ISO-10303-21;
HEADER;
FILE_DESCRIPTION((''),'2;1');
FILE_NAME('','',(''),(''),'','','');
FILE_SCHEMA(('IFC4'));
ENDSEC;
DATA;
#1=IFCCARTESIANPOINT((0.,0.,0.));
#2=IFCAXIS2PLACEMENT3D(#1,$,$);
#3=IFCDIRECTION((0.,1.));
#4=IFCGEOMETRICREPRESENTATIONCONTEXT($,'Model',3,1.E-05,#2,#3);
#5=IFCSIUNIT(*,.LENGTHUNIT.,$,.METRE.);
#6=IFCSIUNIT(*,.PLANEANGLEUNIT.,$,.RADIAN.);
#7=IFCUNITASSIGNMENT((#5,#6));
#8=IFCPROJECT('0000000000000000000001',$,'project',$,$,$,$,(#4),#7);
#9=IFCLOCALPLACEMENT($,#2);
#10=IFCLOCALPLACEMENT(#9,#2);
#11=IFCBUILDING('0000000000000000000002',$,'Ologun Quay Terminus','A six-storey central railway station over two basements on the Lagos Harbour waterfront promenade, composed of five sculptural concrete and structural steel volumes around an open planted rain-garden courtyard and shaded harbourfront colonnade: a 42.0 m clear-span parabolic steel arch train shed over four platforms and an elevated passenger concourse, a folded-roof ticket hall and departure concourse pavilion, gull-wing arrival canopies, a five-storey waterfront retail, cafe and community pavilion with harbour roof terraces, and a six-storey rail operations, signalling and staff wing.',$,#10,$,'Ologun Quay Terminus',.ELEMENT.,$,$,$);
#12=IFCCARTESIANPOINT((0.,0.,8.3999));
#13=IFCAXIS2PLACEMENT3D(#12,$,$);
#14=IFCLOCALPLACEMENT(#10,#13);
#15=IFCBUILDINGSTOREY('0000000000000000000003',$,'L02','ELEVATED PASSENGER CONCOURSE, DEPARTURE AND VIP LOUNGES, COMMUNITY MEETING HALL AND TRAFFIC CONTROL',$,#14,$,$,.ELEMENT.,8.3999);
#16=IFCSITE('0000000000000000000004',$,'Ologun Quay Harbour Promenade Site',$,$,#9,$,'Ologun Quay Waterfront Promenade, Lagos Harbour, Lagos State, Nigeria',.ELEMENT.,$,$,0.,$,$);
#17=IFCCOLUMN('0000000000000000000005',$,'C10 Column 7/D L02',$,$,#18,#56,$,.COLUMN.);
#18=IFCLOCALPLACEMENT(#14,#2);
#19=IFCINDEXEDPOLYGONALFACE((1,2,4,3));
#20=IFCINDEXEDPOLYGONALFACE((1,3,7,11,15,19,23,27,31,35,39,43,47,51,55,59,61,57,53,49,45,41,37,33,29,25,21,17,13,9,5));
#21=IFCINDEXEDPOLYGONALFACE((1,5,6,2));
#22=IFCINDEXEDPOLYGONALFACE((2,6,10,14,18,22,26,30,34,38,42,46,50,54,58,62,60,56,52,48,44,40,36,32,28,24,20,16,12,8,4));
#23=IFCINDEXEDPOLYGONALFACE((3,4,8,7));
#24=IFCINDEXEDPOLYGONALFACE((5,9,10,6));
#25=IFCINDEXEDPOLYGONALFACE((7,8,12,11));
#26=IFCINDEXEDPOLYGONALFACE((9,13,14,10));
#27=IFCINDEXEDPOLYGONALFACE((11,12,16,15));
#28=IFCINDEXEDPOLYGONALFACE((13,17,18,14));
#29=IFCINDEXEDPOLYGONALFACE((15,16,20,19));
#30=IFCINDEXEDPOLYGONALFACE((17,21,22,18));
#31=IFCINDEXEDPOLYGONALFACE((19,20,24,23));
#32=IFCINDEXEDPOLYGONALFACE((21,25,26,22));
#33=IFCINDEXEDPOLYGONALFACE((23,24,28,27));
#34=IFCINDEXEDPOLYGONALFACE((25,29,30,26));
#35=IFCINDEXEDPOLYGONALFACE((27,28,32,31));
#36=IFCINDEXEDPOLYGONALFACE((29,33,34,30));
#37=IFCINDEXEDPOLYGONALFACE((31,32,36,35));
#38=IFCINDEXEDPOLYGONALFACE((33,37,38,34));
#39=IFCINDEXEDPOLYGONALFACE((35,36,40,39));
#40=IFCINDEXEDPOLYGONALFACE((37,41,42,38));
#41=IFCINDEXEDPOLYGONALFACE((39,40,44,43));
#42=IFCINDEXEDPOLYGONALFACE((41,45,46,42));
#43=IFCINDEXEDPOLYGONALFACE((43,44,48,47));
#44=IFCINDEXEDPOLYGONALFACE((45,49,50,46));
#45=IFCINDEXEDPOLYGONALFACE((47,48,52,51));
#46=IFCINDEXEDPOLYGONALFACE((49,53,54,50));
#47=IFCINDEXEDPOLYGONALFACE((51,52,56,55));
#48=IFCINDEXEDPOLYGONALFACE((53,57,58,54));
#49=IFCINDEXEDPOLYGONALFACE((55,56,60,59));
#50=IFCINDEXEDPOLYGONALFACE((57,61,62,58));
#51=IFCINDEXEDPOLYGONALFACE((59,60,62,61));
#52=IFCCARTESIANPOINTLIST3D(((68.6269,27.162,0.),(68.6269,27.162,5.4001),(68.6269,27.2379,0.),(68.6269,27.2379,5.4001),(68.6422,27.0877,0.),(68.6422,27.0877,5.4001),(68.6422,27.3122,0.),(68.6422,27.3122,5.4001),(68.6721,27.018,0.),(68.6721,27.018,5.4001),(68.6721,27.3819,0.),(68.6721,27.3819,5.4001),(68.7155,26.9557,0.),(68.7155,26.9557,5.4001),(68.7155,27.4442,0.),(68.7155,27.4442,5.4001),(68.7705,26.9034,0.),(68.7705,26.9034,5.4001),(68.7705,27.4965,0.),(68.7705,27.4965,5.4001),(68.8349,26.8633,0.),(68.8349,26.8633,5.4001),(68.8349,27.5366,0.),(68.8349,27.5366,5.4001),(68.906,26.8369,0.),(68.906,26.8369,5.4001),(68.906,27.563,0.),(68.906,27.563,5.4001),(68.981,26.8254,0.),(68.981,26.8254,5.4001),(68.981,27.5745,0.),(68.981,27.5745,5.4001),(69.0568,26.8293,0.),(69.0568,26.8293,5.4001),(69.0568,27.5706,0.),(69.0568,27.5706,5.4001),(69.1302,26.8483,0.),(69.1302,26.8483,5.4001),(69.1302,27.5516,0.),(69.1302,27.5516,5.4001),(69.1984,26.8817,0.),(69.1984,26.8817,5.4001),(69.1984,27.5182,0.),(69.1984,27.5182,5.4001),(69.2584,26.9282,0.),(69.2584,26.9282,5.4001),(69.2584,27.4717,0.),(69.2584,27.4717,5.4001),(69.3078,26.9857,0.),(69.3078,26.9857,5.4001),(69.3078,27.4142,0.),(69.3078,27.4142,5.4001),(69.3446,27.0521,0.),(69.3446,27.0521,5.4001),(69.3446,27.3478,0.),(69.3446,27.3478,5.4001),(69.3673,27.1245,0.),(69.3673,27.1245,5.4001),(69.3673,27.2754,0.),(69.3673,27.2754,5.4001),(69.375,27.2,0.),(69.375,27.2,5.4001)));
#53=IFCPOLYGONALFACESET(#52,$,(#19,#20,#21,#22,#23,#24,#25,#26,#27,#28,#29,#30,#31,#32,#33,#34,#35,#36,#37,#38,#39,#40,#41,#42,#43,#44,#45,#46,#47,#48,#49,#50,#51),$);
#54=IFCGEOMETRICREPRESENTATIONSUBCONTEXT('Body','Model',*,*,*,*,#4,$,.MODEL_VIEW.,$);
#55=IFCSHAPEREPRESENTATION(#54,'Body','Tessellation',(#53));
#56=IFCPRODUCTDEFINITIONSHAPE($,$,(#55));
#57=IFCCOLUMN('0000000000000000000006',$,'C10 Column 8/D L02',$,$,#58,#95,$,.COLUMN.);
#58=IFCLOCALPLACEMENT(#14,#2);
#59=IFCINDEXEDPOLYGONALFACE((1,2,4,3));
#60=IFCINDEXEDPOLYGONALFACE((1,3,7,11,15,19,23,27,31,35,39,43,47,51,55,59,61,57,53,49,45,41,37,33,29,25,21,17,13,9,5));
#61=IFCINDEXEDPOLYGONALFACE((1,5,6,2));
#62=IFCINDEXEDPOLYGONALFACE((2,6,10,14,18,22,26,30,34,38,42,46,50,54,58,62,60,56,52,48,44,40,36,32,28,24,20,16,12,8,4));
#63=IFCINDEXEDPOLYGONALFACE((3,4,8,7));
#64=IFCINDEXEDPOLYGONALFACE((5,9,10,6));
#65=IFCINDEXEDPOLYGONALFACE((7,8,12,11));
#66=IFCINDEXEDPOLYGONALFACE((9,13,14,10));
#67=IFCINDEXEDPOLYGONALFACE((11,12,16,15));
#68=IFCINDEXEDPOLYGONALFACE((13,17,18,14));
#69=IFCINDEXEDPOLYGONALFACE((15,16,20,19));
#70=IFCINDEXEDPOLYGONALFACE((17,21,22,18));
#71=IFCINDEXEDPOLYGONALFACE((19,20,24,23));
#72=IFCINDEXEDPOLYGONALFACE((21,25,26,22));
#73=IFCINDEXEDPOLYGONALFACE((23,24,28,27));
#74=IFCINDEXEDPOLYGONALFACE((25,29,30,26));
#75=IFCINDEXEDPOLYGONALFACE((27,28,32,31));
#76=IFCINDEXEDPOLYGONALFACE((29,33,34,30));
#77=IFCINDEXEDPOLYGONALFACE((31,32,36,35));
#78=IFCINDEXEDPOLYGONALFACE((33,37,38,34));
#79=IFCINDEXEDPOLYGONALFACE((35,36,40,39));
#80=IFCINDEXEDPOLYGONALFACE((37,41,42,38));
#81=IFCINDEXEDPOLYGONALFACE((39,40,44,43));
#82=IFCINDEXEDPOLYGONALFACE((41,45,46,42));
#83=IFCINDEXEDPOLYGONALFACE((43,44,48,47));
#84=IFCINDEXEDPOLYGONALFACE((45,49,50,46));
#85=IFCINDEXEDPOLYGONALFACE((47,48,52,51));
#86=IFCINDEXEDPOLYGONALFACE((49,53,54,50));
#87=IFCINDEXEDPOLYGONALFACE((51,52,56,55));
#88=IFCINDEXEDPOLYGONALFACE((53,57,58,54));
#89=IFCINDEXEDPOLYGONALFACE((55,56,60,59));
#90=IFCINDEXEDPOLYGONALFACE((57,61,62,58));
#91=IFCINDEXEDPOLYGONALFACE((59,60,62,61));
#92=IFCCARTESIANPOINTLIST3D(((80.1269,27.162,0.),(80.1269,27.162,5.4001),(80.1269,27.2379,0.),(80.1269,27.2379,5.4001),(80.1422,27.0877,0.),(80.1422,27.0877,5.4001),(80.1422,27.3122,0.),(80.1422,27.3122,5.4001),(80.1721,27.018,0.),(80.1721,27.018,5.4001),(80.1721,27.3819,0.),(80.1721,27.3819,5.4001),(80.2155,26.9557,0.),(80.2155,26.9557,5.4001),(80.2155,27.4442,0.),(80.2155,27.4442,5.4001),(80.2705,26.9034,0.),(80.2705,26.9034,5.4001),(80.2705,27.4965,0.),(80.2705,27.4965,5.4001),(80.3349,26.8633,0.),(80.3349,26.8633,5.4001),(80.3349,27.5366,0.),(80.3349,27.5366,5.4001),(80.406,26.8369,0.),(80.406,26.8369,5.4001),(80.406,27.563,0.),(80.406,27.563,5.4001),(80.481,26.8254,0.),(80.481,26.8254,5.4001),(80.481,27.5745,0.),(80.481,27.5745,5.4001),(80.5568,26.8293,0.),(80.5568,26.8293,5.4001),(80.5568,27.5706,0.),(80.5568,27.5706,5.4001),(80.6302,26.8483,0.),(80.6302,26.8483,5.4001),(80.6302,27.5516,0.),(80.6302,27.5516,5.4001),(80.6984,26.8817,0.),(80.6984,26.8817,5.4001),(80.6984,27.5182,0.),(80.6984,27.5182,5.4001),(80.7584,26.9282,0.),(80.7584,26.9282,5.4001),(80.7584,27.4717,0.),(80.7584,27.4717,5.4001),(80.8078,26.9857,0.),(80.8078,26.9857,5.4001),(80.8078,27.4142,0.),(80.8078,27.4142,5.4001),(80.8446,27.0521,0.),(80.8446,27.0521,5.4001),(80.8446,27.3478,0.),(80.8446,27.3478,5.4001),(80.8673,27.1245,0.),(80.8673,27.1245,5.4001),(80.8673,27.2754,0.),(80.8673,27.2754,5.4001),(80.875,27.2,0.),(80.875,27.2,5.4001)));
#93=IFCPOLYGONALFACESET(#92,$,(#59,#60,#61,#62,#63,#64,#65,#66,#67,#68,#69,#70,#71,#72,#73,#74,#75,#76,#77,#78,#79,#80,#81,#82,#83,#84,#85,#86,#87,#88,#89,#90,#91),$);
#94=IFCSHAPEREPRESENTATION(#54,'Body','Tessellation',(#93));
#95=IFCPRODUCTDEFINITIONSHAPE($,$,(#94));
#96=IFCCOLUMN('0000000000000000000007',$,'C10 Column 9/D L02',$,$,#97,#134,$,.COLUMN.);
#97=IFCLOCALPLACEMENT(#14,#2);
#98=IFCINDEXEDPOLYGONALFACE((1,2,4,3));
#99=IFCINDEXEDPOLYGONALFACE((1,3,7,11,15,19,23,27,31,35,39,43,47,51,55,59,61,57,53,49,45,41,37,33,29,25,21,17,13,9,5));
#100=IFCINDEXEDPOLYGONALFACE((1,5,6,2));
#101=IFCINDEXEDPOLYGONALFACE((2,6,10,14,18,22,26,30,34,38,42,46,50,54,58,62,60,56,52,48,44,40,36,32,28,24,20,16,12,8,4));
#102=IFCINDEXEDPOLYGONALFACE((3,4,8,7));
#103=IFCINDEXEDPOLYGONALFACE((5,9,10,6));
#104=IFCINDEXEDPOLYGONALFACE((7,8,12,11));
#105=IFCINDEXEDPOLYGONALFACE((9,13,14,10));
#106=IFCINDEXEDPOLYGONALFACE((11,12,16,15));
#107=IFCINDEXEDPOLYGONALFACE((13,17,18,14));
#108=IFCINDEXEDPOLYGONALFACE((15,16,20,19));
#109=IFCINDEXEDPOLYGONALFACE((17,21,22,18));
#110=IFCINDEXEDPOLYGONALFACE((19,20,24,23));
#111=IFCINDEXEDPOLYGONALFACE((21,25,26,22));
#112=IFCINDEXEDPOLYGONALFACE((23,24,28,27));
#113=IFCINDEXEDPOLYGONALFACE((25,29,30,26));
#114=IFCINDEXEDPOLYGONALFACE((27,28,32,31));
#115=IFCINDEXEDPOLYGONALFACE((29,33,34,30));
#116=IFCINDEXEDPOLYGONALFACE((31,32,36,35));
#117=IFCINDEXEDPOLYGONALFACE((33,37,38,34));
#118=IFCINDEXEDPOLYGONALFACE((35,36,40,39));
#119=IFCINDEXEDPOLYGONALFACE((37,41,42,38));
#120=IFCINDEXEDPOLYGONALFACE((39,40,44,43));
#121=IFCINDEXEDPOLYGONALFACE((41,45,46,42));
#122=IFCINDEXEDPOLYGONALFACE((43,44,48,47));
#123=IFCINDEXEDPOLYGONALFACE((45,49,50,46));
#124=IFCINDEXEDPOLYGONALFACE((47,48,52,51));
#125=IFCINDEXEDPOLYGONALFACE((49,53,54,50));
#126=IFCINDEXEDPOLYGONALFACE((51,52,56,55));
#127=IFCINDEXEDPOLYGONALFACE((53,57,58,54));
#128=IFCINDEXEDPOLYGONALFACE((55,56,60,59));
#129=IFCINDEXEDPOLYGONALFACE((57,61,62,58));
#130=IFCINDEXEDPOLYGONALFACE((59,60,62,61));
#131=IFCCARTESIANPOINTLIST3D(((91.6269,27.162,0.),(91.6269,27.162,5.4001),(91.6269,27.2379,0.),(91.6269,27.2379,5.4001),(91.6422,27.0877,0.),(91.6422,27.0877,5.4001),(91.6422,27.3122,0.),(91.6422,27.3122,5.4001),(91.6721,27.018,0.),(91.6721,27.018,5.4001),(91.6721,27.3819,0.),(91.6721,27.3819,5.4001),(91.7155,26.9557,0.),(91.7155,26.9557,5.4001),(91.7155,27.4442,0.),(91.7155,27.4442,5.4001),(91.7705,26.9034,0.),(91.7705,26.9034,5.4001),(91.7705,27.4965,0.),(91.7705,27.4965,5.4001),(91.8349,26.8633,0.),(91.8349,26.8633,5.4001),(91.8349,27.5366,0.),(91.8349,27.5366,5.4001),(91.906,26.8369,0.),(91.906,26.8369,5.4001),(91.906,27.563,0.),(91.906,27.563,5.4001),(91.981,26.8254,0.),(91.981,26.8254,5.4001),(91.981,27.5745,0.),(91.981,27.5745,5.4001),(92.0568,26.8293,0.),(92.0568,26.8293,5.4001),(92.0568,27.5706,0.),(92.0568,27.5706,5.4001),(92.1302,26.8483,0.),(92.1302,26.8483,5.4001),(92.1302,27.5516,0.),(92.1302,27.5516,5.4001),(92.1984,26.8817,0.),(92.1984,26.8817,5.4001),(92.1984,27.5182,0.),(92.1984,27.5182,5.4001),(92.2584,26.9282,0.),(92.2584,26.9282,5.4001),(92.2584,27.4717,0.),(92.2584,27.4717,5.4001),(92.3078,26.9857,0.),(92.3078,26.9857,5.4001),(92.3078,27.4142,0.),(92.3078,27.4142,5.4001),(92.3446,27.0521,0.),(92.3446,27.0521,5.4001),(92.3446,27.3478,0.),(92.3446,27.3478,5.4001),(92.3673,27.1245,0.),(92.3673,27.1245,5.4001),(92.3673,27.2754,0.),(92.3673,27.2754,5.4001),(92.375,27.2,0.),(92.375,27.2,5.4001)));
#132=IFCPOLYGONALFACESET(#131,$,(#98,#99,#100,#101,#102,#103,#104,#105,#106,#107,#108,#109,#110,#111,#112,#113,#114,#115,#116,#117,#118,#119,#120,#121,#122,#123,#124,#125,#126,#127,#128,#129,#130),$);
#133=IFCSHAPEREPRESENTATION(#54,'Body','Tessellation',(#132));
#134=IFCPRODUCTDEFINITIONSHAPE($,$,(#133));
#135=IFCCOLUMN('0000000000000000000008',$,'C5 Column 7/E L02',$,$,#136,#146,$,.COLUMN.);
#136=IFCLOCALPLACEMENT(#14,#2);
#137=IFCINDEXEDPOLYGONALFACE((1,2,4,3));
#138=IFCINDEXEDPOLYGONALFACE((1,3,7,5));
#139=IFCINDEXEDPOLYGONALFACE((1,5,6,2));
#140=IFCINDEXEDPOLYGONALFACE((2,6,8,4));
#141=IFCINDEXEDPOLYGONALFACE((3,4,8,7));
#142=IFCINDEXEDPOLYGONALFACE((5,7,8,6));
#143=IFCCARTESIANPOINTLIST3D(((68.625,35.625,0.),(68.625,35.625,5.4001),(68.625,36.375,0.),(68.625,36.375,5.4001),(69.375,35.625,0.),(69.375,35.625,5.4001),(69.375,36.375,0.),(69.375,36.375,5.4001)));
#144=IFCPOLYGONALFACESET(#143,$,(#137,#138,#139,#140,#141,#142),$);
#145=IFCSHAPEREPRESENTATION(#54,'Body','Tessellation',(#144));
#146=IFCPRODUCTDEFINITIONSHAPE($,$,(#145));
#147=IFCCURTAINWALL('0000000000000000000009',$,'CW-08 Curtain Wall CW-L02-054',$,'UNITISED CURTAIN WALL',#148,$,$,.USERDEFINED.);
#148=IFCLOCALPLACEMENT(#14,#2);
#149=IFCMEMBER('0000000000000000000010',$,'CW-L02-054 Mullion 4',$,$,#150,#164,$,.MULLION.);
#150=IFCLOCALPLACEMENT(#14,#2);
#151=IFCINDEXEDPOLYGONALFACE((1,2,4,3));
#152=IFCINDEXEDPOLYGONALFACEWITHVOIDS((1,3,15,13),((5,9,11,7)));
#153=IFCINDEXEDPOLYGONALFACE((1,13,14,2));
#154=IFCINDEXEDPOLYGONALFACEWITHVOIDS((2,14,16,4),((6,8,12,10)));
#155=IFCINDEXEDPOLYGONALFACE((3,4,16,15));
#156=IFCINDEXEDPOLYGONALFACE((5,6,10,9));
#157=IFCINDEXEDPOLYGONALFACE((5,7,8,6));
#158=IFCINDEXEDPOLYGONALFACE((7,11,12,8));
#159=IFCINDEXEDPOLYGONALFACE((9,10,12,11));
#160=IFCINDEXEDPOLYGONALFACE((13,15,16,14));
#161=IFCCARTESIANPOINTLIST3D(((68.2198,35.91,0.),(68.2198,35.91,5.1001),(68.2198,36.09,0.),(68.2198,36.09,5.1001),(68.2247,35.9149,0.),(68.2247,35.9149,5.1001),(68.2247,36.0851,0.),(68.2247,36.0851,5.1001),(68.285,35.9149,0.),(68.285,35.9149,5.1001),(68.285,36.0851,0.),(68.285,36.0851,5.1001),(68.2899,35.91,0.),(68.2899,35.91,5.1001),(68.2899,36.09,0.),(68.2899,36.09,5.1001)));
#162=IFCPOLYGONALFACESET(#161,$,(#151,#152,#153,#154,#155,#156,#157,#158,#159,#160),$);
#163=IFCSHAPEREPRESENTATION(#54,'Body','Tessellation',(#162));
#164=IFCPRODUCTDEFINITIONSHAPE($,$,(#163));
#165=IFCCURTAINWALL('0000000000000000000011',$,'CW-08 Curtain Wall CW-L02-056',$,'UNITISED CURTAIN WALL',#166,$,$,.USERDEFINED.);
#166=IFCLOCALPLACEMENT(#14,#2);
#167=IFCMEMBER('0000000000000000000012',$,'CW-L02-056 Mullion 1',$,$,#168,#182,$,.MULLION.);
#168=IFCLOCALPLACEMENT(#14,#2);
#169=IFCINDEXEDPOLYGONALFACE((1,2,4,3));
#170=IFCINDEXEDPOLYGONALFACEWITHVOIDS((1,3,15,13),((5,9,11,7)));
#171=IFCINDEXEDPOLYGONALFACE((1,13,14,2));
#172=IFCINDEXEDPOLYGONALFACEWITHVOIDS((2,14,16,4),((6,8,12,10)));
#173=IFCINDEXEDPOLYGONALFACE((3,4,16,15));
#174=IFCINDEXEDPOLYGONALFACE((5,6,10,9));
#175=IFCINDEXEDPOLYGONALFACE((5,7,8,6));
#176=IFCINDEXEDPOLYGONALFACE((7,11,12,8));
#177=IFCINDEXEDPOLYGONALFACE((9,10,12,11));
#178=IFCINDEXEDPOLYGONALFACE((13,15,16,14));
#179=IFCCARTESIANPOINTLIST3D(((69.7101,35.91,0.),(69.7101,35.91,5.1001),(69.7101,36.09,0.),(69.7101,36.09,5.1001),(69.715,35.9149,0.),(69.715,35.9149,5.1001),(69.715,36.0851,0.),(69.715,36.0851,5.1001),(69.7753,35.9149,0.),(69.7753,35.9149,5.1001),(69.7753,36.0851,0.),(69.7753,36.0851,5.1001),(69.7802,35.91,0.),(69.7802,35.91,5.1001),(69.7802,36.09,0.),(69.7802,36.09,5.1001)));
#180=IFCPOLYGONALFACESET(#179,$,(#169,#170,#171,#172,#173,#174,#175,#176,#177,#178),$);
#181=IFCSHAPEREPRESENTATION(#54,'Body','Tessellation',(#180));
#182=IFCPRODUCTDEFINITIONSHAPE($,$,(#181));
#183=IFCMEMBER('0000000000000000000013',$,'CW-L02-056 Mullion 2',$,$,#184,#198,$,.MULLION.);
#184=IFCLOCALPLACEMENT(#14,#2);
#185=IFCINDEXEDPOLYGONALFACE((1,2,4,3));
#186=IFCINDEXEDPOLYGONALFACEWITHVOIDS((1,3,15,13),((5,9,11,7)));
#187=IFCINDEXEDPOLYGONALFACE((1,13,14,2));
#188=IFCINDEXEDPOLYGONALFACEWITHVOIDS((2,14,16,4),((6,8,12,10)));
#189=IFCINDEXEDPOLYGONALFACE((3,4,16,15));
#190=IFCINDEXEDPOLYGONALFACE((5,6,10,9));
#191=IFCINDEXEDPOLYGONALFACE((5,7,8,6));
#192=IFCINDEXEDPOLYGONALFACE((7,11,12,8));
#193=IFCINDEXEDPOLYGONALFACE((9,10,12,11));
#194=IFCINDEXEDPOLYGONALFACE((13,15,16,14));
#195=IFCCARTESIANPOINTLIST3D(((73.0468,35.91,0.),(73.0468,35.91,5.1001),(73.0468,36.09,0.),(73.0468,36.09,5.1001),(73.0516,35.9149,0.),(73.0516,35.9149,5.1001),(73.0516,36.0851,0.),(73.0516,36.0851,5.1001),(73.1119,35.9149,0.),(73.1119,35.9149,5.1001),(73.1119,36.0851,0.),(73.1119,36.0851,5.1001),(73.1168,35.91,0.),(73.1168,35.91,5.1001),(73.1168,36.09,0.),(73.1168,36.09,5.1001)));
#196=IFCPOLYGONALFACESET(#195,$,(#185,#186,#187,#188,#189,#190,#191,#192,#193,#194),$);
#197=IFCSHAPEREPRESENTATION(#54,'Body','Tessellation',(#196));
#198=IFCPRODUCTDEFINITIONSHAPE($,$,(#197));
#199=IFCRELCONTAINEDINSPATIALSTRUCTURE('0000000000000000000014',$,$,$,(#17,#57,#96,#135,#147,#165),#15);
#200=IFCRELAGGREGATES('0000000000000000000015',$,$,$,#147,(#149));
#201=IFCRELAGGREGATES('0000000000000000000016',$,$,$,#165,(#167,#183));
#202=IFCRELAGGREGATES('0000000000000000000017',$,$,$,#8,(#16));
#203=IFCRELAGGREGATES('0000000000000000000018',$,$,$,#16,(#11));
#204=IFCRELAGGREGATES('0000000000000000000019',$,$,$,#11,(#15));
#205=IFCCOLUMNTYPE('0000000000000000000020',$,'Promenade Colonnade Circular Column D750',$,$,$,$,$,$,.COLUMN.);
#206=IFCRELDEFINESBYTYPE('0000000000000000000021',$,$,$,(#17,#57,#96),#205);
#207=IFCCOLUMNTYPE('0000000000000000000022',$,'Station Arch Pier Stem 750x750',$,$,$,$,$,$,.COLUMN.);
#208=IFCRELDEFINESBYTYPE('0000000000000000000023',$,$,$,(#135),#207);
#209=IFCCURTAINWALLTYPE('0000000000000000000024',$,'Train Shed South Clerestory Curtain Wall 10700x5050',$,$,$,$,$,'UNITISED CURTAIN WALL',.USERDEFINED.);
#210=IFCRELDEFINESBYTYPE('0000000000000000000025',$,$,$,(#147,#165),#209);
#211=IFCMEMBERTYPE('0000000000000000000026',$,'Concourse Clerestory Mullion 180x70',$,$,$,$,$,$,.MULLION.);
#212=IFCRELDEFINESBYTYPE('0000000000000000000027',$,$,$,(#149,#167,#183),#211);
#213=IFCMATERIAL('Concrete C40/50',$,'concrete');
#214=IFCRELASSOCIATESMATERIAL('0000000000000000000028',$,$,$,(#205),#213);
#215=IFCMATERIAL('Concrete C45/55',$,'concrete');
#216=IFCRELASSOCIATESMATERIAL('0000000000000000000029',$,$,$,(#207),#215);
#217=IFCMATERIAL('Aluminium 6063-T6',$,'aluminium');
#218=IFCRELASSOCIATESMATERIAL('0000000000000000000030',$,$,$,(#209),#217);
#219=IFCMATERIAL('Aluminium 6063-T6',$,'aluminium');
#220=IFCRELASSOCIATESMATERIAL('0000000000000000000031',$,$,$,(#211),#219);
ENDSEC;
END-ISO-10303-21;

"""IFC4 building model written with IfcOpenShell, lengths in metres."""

from ifc_helpers import new_model, si_unit, direction, frame, origin, origin_2d, place, context, subcontext, project, spatial, rectangle, hollow_rectangle, circle, extrude, material, material_profile, profile_set, type_object, element, aggregate, save


model = new_model("IFC4")

# Units and contexts
model_context = context("Model", 3, precision=1e-05, world=origin(), true_north=direction((0.0, 1.0)))
body_context = subcontext(model_context, "Body", "Model", "MODEL_VIEW")
ifc_project = project(units=[si_unit("LENGTHUNIT", "METRE"), si_unit("PLANEANGLEUNIT", "RADIAN")], contexts=[model_context])

# Site, building, storey
site_placement = place(None, origin())
site = spatial("IfcSite", under=ifc_project, at=site_placement, Name="Ologun Quay Harbour Promenade Site", LongName="Ologun Quay Waterfront Promenade, Lagos Harbour, Lagos State, Nigeria", CompositionType="ELEMENT", RefElevation=0.0)
building_placement = place(site_placement, origin())
building = spatial("IfcBuilding", under=site, at=building_placement, Name="Ologun Quay Terminus", Description="A six-storey central railway station over two basements on the Lagos Harbour waterfront promenade, composed of five sculptural concrete and structural steel volumes around an open planted rain-garden courtyard and shaded harbourfront colonnade: a 42.0 m clear-span parabolic steel arch train shed over four platforms and an elevated passenger concourse, a folded-roof ticket hall and departure concourse pavilion, gull-wing arrival canopies, a five-storey waterfront retail, cafe and community pavilion with harbour roof terraces, and a six-storey rail operations, signalling and staff wing.", LongName="Ologun Quay Terminus", CompositionType="ELEMENT")
storey_placement = place(building_placement, frame((0.0, 0.0, 8.3999)))
storey = spatial("IfcBuildingStorey", under=building, at=storey_placement, Name="L02", Description="ELEVATED PASSENGER CONCOURSE, DEPARTURE AND VIP LOUNGES, COMMUNITY MEETING HALL AND TRAFFIC CONTROL", CompositionType="ELEMENT", Elevation=8.3999)

# Columns
ifc_material_1 = material(Name="Concrete C40/50", Category="concrete")
ifc_material_profile_1 = material_profile(ifc_material_1, circle(Radius=0.375, at=origin_2d()), Name="RC D750")
ifc_profile_set_1 = profile_set([ifc_material_profile_1], Name="Concrete C40/50")
column_type_1 = type_object("IfcColumnType", Name="Promenade Colonnade Circular Column D750", PredefinedType="COLUMN", material=ifc_profile_set_1)
for number, where, z_axis, x_axis, name in (
    (1, (69.0, 27.2, 0.0), (0.0, 0.0, 1.0), (1.0, 0.0, 0.0), "C10 Column 7/D L02"),
    (2, (80.5, 27.2, 0.0), (0.0, 0.0, 1.0), (1.0, 0.0, 0.0), "C10 Column 8/D L02"),
    (3, (92.0, 27.2, 0.0), (0.0, 0.0, 1.0), (1.0, 0.0, 0.0), "C10 Column 9/D L02"),
):
    element("IfcColumn", number, at=place(storey_placement, frame(where, z_axis=z_axis, x_axis=x_axis)), inside=storey, type_object=column_type_1, Name=name, PredefinedType="COLUMN", context=body_context, shape_type="SweptSolid", body=[
        extrude(circle(Radius=0.375, at=origin_2d()), origin(), (0.0, 0.0, 1.0), 5.4001),
    ])
ifc_material_2 = material(Name="Concrete C45/55", Category="concrete")
ifc_material_profile_2 = material_profile(ifc_material_2, rectangle(XDim=0.75, YDim=0.75, at=origin_2d()), Name="RC 750x750")
ifc_profile_set_2 = profile_set([ifc_material_profile_2], Name="Concrete C45/55")
column_type_2 = type_object("IfcColumnType", Name="Station Arch Pier Stem 750x750", PredefinedType="COLUMN", material=ifc_profile_set_2)
column_placement = place(storey_placement, frame((69.0, 36.0, 0.0), z_axis=(0.0, 0.0, 1.0), x_axis=(1.0, 0.0, 0.0)))
element("IfcColumn", 4, at=column_placement, inside=storey, type_object=column_type_2, Name="C5 Column 7/E L02", PredefinedType="COLUMN", context=body_context, shape_type="SweptSolid", body=[
    extrude(rectangle(XDim=0.75, YDim=0.75, at=origin_2d()), origin(), (0.0, 0.0, 1.0), 5.4001),
])

# Curtain wall, member
ifc_material_3 = material(Name="Aluminium 6063-T6", Category="aluminium")
curtain_wall_type = type_object("IfcCurtainWallType", Name="Train Shed South Clerestory Curtain Wall 10700x5050", ElementType="UNITISED CURTAIN WALL", PredefinedType="USERDEFINED", material=ifc_material_3)
curtain_wall_1_placement = place(storey_placement, origin())
curtain_wall_1 = element("IfcCurtainWall", 5, at=curtain_wall_1_placement, inside=storey, type_object=curtain_wall_type, Name="CW-08 Curtain Wall CW-L02-054", ObjectType="UNITISED CURTAIN WALL", PredefinedType="USERDEFINED")
ifc_material_4 = material(Name="Aluminium 6063-T6", Category="aluminium")
ifc_material_profile_3 = material_profile(ifc_material_4, hollow_rectangle(XDim=0.0701, YDim=0.1799, WallThickness=0.0049, at=origin_2d()), Name="ALU 180x70x5")
ifc_profile_set_3 = profile_set([ifc_material_profile_3], Name="Aluminium 6063-T6")
member_type_1 = type_object("IfcMemberType", Name="Concourse Clerestory Mullion 180x70", PredefinedType="MULLION", material=ifc_profile_set_3)
member_1_placement = place(storey_placement, frame((68.2549, 36.0, 0.0), z_axis=(0.0, 0.0, 1.0), x_axis=(1.0, 0.0, 0.0)))
member_1 = element("IfcMember", 6, at=member_1_placement, type_object=member_type_1, Name="CW-L02-054 Mullion 4", PredefinedType="MULLION", context=body_context, shape_type="SweptSolid", body=[
    extrude(hollow_rectangle(XDim=0.0701, YDim=0.1799, WallThickness=0.0049, at=origin_2d()), origin(), (0.0, 0.0, 1.0), 5.1001),
])
aggregate(curtain_wall_1, [member_1])

# Curtain wall, members
curtain_wall_2_placement = place(storey_placement, origin())
curtain_wall_2 = element("IfcCurtainWall", 7, at=curtain_wall_2_placement, inside=storey, type_object=curtain_wall_type, Name="CW-08 Curtain Wall CW-L02-056", ObjectType="UNITISED CURTAIN WALL", PredefinedType="USERDEFINED")
member_2_placement = place(storey_placement, frame((69.7451, 36.0, 0.0), z_axis=(0.0, 0.0, 1.0), x_axis=(1.0, 0.0, 0.0)))
member_2 = element("IfcMember", 8, at=member_2_placement, type_object=member_type_1, Name="CW-L02-056 Mullion 1", PredefinedType="MULLION", context=body_context, shape_type="SweptSolid", body=[
    extrude(hollow_rectangle(XDim=0.0701, YDim=0.1799, WallThickness=0.0049, at=origin_2d()), origin(), (0.0, 0.0, 1.0), 5.1001),
])
member_3_placement = place(storey_placement, frame((73.0818, 36.0, 0.0), z_axis=(0.0, 0.0, 1.0), x_axis=(1.0, 0.0, 0.0)))
member_3 = element("IfcMember", 9, at=member_3_placement, type_object=member_type_1, Name="CW-L02-056 Mullion 2", PredefinedType="MULLION", context=body_context, shape_type="SweptSolid", body=[
    extrude(hollow_rectangle(XDim=0.0701, YDim=0.1799, WallThickness=0.0049, at=origin_2d()), origin(), (0.0, 0.0, 1.0), 5.1001),
])

aggregate(curtain_wall_2, [member_2, member_3])

save(model, "model.ifc")
